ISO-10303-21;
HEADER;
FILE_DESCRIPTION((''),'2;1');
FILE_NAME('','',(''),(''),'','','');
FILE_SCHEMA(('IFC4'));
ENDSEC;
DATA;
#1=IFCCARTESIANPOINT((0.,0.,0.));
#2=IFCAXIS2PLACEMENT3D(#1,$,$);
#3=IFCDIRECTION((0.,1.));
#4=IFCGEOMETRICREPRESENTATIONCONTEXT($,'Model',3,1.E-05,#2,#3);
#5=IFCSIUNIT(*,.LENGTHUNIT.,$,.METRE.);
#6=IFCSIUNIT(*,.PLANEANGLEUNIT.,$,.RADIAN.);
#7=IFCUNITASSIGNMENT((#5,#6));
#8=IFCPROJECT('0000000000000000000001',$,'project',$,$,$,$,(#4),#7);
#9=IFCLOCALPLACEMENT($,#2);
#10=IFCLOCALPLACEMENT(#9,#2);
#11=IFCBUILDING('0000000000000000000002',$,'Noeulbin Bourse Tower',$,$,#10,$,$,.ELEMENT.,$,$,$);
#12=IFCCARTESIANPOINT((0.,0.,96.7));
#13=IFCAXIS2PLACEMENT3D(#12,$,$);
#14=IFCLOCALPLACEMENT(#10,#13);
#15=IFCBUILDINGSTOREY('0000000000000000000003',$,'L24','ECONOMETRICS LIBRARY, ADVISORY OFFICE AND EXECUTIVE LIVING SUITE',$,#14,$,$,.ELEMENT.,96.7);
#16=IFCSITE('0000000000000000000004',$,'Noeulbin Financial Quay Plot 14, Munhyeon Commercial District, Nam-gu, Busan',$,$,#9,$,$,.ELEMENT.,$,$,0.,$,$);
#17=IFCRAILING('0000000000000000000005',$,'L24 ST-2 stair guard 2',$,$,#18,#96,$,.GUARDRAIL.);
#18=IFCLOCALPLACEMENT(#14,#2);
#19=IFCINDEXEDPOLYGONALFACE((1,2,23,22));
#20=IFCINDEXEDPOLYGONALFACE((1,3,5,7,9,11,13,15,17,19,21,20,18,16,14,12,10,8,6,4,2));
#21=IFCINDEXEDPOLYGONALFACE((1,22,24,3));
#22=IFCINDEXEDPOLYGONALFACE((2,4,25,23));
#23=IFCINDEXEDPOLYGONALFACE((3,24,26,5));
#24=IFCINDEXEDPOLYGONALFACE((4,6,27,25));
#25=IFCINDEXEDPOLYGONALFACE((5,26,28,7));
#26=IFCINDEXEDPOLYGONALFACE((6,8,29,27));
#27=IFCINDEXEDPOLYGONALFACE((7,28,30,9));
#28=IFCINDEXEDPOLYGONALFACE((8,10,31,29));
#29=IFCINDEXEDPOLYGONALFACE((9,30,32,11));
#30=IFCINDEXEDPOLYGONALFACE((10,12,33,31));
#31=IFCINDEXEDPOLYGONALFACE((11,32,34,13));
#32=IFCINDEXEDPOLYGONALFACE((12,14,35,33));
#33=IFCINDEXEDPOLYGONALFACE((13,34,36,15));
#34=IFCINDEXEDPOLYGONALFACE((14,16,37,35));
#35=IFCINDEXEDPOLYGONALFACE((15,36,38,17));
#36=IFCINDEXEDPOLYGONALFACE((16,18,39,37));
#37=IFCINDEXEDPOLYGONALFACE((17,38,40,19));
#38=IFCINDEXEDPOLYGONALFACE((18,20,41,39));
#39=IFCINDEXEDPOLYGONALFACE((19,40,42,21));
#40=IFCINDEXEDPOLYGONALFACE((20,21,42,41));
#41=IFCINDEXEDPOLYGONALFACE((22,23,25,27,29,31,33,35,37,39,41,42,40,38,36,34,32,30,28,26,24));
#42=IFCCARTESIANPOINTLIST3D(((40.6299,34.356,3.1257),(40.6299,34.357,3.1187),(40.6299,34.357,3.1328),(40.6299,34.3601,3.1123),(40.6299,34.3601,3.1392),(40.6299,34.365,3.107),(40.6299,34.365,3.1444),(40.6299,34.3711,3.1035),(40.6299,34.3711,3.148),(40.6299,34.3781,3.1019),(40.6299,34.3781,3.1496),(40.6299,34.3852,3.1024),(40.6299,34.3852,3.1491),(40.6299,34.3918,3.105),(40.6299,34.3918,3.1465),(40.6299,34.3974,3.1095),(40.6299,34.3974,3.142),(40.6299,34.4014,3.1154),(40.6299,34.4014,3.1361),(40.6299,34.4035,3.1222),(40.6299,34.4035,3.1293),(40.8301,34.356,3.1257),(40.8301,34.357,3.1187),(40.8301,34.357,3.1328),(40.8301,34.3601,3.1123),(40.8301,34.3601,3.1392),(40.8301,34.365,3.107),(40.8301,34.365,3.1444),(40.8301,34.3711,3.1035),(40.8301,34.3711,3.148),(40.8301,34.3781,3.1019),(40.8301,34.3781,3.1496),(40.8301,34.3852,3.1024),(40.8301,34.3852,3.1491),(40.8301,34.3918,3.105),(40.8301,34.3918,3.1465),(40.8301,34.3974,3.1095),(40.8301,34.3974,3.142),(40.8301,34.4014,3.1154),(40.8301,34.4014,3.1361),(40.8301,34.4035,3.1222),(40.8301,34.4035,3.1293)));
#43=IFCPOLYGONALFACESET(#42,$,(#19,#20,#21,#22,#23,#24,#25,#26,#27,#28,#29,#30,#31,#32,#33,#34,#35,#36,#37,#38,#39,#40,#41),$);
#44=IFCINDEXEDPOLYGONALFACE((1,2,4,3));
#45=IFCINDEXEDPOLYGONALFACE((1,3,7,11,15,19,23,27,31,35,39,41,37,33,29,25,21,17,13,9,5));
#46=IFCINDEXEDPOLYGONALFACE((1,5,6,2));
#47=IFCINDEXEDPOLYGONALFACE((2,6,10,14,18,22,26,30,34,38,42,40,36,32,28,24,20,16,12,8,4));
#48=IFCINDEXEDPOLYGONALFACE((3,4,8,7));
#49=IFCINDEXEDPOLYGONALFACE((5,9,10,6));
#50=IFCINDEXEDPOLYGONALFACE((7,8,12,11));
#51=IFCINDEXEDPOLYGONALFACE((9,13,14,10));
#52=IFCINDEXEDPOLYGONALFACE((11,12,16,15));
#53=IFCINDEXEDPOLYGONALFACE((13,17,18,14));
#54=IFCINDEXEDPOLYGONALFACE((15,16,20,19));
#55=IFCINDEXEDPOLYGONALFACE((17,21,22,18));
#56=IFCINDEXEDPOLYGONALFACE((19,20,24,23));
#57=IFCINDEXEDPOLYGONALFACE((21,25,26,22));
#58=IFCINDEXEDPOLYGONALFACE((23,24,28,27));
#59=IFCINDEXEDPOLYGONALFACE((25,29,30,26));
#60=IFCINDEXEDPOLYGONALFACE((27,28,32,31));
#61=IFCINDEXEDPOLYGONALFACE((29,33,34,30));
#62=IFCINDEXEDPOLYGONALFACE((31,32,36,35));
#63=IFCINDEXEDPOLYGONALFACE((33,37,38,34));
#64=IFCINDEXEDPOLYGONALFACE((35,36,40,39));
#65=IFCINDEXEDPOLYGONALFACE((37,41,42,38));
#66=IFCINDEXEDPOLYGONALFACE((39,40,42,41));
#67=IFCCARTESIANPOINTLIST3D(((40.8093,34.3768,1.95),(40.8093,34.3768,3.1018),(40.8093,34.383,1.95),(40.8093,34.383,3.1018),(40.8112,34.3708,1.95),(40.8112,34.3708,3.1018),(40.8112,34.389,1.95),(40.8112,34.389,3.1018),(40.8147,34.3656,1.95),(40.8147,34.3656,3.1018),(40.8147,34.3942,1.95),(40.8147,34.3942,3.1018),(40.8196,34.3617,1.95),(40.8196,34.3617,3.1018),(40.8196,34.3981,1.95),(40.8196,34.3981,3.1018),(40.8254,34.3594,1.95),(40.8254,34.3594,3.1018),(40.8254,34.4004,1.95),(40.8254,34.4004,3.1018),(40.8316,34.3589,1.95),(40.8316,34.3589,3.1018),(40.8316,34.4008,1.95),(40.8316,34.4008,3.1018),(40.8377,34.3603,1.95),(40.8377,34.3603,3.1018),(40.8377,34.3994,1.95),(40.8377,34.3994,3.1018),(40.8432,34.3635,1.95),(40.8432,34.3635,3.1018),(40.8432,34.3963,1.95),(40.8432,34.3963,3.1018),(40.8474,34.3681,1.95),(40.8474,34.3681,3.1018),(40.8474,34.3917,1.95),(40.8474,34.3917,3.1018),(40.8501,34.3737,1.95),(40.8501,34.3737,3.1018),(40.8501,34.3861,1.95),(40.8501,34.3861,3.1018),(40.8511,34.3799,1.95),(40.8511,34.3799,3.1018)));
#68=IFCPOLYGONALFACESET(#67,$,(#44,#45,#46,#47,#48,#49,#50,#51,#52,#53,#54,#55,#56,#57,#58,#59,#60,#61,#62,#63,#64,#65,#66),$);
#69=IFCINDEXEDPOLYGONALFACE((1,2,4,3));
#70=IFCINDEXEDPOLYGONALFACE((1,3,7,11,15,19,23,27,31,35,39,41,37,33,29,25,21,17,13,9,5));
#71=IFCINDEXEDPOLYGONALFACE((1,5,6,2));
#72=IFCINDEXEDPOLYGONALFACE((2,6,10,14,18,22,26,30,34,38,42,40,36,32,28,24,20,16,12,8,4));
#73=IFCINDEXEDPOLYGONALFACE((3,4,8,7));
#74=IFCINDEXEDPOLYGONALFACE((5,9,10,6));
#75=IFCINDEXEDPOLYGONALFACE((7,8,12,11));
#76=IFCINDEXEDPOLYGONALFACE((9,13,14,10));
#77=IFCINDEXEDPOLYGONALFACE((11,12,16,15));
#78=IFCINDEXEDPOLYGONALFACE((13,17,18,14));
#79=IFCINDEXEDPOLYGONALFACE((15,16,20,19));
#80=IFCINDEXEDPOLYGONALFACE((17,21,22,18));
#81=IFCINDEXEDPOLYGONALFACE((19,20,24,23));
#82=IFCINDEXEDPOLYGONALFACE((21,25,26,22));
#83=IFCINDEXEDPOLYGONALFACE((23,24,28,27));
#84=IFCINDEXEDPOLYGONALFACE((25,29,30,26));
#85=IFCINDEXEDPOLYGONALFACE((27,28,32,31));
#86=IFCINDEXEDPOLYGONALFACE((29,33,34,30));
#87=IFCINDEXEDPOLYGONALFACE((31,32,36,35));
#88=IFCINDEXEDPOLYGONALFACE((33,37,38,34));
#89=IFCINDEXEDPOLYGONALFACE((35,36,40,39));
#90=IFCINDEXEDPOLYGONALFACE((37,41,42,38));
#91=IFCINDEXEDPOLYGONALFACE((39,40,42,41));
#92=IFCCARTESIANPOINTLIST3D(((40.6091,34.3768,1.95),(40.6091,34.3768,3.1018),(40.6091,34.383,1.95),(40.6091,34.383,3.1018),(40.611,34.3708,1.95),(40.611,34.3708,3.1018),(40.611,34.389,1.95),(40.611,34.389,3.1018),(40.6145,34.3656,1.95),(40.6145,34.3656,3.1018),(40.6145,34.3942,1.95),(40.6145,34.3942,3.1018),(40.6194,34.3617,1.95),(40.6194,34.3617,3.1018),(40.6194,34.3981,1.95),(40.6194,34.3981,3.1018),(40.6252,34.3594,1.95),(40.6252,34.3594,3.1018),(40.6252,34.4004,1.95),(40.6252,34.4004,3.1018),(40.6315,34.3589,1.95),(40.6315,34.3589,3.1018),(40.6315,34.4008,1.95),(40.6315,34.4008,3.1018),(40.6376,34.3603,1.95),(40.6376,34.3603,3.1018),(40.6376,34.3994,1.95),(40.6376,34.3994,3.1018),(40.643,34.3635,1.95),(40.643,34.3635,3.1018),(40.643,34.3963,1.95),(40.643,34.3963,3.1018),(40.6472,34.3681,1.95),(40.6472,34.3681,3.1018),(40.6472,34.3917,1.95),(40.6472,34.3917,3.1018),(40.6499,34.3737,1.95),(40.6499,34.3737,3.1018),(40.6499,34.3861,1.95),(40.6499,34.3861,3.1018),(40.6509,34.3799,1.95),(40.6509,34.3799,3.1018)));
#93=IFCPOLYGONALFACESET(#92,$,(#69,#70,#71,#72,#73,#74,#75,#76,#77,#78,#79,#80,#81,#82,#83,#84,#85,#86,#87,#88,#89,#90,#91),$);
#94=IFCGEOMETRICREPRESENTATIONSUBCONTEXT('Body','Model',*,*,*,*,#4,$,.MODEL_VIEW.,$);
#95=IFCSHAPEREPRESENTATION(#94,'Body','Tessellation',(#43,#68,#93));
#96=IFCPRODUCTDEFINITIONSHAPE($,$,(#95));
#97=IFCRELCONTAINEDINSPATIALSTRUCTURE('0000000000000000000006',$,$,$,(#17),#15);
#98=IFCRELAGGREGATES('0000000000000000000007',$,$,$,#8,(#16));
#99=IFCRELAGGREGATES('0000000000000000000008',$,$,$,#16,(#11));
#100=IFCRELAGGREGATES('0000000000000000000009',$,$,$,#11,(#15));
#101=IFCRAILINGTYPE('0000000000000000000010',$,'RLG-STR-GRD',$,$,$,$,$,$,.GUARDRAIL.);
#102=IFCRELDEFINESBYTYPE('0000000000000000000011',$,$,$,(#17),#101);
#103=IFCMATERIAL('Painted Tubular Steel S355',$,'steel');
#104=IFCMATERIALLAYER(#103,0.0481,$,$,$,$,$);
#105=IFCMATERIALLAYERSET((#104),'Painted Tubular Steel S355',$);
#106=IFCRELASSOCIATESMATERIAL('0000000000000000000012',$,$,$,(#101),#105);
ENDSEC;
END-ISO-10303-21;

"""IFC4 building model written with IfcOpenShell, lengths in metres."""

from ifc_helpers import new_model, si_unit, direction, frame, origin, origin_2d, place, context, subcontext, project, spatial, circle, extrude, material, layer, layer_set, type_object, element, save


model = new_model("IFC4")

# Units and contexts
model_context = context("Model", 3, precision=1e-05, world=origin(), true_north=direction((0.0, 1.0)))
body_context = subcontext(model_context, "Body", "Model", "MODEL_VIEW")
ifc_project = project(units=[si_unit("LENGTHUNIT", "METRE"), si_unit("PLANEANGLEUNIT", "RADIAN")], contexts=[model_context])

# Site, building, storey
site_placement = place(None, origin())
site = spatial("IfcSite", under=ifc_project, at=site_placement, Name="Noeulbin Financial Quay Plot 14, Munhyeon Commercial District, Nam-gu, Busan", CompositionType="ELEMENT", RefElevation=0.0)
building_placement = place(site_placement, origin())
building = spatial("IfcBuilding", under=site, at=building_placement, Name="Noeulbin Bourse Tower", CompositionType="ELEMENT")
storey_placement = place(building_placement, frame((0.0, 0.0, 96.7)))
storey = spatial("IfcBuildingStorey", under=building, at=storey_placement, Name="L24", Description="ECONOMETRICS LIBRARY, ADVISORY OFFICE AND EXECUTIVE LIVING SUITE", CompositionType="ELEMENT", Elevation=96.7)

# Railing
ifc_material_1 = material(Name="Painted Tubular Steel S355", Category="steel")
ifc_layer_1 = layer(ifc_material_1, 0.0481)
ifc_layer_set_1 = layer_set([ifc_layer_1], Name="Painted Tubular Steel S355")
railing_type_1 = type_object("IfcRailingType", Name="RLG-STR-GRD", PredefinedType="GUARDRAIL", material=ifc_layer_set_1)
railing_1_placement = place(storey_placement, frame((40.8301, 34.3799, 1.95)))
element("IfcRailing", 1, at=railing_1_placement, inside=storey, type_object=railing_type_1, Name="L24 ST-2 stair guard 2", PredefinedType="GUARDRAIL", context=body_context, shape_type="SweptSolid", body=[
    extrude(circle(Radius=0.0239, at=origin_2d()), frame((0.0, 0.0, 1.1758), z_axis=(-1.0, 0.0, 0.0), x_axis=(0.0, -1.0, 0.0)), (0.0, 0.0, 1.0), 0.2002),
    extrude(circle(Radius=0.021, at=origin_2d()), origin(), (0.0, 0.0, 1.0), 1.1519),
    extrude(circle(Radius=0.021, at=origin_2d()), frame((-0.2002, 0.0, 0.0)), (0.0, 0.0, 1.0), 1.1519),
])

save(model, "model.ifc")
